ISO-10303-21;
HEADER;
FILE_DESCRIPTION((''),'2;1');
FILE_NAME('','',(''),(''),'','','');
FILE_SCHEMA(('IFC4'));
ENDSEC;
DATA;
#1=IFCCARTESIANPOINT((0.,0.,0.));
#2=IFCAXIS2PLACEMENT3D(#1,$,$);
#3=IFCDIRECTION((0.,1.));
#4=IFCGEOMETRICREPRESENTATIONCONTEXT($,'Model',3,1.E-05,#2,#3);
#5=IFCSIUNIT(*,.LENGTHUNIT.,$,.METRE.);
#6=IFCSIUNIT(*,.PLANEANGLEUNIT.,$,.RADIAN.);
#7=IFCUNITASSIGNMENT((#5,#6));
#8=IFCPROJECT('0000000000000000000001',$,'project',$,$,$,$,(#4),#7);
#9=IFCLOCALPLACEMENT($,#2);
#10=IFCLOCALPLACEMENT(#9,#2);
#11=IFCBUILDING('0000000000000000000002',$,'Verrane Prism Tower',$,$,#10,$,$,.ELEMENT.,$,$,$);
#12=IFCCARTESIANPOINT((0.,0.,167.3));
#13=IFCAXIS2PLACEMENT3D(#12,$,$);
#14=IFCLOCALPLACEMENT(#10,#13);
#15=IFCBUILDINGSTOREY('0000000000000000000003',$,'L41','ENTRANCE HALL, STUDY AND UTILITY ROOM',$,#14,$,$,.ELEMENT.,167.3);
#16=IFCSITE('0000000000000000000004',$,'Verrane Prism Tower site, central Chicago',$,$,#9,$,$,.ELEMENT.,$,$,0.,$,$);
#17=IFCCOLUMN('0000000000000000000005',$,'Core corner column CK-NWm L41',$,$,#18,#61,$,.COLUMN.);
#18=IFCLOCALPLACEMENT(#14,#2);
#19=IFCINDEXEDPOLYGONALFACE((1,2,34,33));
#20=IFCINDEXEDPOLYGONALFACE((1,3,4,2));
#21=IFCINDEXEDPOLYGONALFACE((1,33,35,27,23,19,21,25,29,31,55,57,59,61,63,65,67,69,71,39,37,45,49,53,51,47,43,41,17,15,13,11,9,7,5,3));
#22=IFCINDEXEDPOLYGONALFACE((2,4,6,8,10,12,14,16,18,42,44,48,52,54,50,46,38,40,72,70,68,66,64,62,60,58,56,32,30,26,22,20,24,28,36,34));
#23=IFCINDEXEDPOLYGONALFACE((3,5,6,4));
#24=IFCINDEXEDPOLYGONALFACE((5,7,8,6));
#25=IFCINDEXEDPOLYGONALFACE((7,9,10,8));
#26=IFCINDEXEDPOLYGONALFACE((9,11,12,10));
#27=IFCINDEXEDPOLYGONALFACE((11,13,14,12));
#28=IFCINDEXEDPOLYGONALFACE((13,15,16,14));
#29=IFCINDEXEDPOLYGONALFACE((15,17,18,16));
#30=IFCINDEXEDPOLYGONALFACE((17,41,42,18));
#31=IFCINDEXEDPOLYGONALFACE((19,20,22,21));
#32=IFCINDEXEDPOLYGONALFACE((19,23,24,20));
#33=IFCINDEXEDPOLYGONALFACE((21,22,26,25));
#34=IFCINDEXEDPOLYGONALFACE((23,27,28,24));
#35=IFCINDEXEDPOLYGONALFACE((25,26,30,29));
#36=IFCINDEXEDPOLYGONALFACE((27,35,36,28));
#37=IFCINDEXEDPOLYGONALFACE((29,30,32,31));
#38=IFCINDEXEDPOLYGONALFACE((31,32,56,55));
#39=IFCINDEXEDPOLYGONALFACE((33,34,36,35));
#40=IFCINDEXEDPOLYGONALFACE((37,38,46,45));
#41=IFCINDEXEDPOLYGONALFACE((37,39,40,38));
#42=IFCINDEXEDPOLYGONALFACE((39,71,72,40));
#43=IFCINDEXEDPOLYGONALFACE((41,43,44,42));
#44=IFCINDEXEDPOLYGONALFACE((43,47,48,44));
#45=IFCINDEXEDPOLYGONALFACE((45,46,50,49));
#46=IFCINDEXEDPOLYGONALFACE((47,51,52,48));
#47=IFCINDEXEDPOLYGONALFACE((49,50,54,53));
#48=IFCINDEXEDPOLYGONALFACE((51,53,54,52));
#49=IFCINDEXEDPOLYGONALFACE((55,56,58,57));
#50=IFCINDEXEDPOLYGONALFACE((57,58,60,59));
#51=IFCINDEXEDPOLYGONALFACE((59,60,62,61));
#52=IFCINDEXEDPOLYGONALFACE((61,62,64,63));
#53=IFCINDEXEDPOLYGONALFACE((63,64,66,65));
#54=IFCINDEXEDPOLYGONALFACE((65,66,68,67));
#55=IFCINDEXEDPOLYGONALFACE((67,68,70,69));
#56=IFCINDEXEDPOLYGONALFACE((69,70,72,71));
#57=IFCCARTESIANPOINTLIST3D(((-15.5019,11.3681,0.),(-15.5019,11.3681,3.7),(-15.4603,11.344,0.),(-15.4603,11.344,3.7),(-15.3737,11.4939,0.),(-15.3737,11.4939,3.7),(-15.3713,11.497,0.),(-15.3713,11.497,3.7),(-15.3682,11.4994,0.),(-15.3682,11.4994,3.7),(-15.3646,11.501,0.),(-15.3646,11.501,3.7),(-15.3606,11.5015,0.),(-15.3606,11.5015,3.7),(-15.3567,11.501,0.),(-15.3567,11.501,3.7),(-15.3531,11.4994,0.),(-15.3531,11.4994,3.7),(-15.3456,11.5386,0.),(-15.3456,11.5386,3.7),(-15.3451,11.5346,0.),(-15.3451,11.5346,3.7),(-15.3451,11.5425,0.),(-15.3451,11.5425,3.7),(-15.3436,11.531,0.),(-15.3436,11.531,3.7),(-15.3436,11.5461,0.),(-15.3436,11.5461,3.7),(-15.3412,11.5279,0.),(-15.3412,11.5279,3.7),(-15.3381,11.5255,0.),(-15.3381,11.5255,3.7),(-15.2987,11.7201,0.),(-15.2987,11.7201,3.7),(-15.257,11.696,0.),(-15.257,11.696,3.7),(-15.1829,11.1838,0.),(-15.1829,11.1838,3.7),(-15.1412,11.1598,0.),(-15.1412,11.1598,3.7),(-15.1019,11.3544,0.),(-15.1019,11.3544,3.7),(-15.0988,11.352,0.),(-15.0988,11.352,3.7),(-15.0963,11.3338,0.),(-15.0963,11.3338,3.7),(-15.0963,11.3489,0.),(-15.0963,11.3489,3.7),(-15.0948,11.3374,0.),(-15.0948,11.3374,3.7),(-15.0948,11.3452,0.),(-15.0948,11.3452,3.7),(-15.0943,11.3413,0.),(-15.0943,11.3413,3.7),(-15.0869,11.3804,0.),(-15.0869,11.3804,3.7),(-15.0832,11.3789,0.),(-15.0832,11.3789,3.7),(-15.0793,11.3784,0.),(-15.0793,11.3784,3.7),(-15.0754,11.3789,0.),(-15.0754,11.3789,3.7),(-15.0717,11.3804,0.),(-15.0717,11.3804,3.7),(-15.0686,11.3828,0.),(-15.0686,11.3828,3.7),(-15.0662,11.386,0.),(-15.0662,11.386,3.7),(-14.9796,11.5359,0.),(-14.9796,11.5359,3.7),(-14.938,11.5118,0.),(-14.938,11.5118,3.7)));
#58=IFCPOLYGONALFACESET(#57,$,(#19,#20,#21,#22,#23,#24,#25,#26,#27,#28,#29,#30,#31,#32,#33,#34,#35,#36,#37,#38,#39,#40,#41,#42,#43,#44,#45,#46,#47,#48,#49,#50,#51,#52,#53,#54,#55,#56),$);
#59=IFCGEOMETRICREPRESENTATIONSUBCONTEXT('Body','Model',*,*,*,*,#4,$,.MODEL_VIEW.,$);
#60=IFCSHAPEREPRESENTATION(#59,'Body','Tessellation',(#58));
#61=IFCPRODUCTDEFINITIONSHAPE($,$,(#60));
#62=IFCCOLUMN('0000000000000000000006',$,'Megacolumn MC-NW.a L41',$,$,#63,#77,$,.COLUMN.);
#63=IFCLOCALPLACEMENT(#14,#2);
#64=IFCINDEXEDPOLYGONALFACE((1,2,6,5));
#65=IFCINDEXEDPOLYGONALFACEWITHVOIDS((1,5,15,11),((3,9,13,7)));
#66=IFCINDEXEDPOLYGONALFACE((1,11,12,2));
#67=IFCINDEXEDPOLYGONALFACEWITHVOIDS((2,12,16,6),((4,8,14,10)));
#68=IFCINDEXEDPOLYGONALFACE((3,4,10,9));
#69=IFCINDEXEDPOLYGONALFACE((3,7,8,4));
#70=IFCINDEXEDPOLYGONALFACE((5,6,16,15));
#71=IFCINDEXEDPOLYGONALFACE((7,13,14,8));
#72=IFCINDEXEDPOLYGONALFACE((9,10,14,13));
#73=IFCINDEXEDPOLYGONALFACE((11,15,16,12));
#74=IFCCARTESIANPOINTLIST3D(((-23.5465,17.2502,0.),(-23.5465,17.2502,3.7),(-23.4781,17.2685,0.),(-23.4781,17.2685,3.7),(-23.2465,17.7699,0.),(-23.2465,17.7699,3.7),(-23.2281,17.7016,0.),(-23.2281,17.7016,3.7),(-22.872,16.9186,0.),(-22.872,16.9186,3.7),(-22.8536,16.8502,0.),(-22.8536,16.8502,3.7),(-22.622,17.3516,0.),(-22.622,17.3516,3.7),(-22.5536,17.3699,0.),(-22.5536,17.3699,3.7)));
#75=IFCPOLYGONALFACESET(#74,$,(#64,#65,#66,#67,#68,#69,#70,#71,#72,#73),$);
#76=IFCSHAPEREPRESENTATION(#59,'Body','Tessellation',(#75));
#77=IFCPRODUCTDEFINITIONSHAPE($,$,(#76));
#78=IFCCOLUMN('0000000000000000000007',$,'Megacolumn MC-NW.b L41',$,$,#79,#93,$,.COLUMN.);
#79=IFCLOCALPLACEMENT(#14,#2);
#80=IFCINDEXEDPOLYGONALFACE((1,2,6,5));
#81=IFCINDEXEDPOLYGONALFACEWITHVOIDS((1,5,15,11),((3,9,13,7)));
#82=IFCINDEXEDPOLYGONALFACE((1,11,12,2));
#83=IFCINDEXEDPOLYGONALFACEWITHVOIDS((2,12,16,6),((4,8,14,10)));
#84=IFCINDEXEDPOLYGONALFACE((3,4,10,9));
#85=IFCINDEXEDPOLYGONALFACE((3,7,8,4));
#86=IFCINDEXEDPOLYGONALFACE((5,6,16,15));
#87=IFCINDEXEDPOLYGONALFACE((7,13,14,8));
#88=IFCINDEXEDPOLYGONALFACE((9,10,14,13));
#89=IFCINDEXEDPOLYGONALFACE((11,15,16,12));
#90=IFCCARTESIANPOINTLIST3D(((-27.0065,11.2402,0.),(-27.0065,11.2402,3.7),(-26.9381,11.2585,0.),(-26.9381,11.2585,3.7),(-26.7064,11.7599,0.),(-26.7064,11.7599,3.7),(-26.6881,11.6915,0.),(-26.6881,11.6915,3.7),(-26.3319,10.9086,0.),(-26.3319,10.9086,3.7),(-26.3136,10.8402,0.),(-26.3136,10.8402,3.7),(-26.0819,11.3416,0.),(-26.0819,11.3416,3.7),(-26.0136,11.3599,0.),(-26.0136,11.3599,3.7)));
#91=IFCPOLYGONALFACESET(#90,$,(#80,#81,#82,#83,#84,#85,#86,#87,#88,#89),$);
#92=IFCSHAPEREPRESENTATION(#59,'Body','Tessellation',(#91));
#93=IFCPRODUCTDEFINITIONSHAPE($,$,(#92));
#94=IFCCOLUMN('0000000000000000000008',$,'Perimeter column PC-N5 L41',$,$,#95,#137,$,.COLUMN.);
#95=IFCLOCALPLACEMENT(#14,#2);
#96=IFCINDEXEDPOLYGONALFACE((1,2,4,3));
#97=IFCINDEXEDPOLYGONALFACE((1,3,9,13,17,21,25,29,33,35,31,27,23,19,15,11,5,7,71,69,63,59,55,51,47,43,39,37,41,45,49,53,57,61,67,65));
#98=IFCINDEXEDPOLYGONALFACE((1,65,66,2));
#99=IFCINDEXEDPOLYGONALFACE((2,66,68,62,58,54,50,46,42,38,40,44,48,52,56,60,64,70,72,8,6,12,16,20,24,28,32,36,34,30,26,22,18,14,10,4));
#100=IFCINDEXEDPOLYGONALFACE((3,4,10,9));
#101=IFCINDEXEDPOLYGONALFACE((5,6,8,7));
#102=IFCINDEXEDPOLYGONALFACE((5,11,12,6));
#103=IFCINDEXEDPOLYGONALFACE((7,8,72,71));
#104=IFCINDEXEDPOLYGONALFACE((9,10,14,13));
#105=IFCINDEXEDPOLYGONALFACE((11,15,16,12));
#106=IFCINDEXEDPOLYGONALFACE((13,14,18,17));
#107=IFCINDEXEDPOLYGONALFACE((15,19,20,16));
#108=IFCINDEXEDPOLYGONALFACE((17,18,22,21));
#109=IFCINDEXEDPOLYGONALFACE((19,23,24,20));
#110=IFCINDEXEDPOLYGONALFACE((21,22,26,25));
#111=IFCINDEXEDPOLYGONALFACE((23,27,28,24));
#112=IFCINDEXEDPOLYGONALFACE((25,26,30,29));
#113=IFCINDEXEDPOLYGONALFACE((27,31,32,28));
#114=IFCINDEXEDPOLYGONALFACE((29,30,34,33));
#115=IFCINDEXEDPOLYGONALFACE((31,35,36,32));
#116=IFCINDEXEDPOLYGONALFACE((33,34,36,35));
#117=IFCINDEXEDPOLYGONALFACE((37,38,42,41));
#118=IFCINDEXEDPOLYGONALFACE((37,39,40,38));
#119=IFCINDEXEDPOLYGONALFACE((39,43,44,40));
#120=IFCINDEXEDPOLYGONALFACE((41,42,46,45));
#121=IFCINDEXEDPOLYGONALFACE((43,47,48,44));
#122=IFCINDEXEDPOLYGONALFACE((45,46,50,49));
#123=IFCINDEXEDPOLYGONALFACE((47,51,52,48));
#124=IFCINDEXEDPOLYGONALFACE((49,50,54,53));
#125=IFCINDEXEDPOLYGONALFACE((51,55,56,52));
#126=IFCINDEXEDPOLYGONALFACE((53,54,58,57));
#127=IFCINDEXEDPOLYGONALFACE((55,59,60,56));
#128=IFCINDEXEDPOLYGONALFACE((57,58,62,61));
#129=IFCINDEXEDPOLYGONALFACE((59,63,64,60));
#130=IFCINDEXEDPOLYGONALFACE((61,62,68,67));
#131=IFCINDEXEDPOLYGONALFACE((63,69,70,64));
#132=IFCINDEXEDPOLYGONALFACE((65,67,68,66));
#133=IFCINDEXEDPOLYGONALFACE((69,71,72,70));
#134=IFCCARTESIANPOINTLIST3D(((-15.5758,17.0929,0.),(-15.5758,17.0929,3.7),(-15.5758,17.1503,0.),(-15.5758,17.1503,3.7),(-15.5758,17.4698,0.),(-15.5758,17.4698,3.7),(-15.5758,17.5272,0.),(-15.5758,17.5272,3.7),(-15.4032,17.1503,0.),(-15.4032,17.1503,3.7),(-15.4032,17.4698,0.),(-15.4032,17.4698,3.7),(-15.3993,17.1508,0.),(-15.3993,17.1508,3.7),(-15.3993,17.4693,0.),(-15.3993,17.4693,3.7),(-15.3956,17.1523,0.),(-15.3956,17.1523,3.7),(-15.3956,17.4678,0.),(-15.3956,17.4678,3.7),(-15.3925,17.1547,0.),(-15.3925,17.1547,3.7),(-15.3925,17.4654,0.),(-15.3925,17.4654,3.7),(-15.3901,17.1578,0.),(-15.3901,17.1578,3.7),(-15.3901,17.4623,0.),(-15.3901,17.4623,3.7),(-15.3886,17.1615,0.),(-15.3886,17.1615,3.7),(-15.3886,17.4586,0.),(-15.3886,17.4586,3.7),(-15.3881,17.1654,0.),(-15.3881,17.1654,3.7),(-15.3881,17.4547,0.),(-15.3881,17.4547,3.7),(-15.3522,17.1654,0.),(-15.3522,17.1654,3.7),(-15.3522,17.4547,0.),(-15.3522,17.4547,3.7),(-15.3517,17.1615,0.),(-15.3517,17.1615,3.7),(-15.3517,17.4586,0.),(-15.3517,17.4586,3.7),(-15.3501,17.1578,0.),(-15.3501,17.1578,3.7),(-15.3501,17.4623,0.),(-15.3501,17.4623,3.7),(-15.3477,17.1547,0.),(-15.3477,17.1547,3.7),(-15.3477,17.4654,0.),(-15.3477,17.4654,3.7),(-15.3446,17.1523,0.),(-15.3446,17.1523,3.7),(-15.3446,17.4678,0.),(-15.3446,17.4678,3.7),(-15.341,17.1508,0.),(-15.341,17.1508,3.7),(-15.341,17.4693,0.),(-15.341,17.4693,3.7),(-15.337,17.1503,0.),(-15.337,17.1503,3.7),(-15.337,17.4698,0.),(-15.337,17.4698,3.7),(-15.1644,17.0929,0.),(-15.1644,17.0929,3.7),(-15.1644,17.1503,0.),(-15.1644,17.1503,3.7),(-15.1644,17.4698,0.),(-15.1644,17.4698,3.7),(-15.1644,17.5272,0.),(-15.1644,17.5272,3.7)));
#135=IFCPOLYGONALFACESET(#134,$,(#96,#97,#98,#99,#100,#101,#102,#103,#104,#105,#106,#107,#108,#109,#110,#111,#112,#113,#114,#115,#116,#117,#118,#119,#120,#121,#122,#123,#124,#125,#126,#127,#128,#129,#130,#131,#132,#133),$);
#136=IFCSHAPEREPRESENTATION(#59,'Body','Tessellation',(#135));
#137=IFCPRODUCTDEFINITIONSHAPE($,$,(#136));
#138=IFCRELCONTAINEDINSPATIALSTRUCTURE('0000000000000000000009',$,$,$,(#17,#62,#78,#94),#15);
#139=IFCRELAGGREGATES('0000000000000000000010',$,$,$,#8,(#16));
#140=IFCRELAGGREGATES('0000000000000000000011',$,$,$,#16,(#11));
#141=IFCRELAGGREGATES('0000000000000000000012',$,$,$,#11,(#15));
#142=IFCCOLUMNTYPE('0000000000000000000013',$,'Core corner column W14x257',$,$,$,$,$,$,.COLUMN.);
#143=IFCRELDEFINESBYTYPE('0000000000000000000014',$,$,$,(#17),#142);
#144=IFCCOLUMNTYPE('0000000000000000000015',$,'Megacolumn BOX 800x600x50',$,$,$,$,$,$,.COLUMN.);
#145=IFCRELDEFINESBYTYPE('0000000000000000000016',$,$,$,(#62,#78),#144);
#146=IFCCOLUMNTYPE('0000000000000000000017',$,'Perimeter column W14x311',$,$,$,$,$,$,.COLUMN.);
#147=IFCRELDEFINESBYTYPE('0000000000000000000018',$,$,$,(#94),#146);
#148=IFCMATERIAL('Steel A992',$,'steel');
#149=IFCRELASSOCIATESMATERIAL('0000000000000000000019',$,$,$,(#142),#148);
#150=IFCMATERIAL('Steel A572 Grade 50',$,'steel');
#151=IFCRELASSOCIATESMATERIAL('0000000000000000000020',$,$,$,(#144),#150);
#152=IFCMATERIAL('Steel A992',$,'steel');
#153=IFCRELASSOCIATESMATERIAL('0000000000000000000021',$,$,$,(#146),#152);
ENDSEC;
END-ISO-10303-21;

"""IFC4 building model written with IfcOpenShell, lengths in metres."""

from ifc_helpers import new_model, si_unit, direction, frame, origin, origin_2d, place, context, subcontext, project, spatial, hollow_rectangle, i_section, extrude, material, material_profile, profile_set, type_object, element, save


model = new_model("IFC4")

# Units and contexts
model_context = context("Model", 3, precision=1e-05, world=origin(), true_north=direction((0.0, 1.0)))
body_context = subcontext(model_context, "Body", "Model", "MODEL_VIEW")
ifc_project = project(units=[si_unit("LENGTHUNIT", "METRE"), si_unit("PLANEANGLEUNIT", "RADIAN")], contexts=[model_context])

# Site, building, storey
site_placement = place(None, origin())
site = spatial("IfcSite", under=ifc_project, at=site_placement, Name="Verrane Prism Tower site, central Chicago", CompositionType="ELEMENT", RefElevation=0.0)
building_placement = place(site_placement, origin())
building = spatial("IfcBuilding", under=site, at=building_placement, Name="Verrane Prism Tower", CompositionType="ELEMENT")
storey_placement = place(building_placement, frame((0.0, 0.0, 167.3)))
storey = spatial("IfcBuildingStorey", under=building, at=storey_placement, Name="L41", Description="ENTRANCE HALL, STUDY AND UTILITY ROOM", CompositionType="ELEMENT", Elevation=167.3)

# Columns
ifc_material_1 = material(Name="Steel A992", Category="steel")
ifc_material_profile_1 = material_profile(ifc_material_1, i_section(OverallWidth=0.4065, OverallDepth=0.4165, WebThickness=0.03, FlangeThickness=0.0481, FilletRadius=0.0151, at=origin_2d()), Name="W14x257")
ifc_profile_set_1 = profile_set([ifc_material_profile_1], Name="Steel A992")
column_type_1 = type_object("IfcColumnType", Name="Core corner column W14x257", PredefinedType="COLUMN", material=ifc_profile_set_1)
column_1_placement = place(storey_placement, frame((-15.22, 11.4399, 0.0), z_axis=(0.0, 0.0, 1.0), x_axis=(0.5, 0.866025, 0.0)))
element("IfcColumn", 1, at=column_1_placement, inside=storey, type_object=column_type_1, Name="Core corner column CK-NWm L41", PredefinedType="COLUMN", context=body_context, shape_type="SweptSolid", body=[
    extrude(i_section(OverallWidth=0.4065, OverallDepth=0.4165, WebThickness=0.03, FlangeThickness=0.0481, FilletRadius=0.0151, at=origin_2d()), origin(), (0.0, 0.0, 1.0), 3.7),
])
ifc_material_2 = material(Name="Steel A572 Grade 50", Category="steel")
ifc_material_profile_2 = material_profile(ifc_material_2, hollow_rectangle(XDim=0.6001, YDim=0.8, WallThickness=0.05, at=origin_2d()), Name="BOX 800x600x50")
ifc_profile_set_2 = profile_set([ifc_material_profile_2], Name="Steel A572 Grade 50")
column_type_2 = type_object("IfcColumnType", Name="Megacolumn BOX 800x600x50", PredefinedType="COLUMN", material=ifc_profile_set_2)
for number, where, z_axis, x_axis, name in (
    (2, (-23.05, 17.3101, 0.0), (0.0, 0.0, 1.0), (0.5, 0.866025, 0.0), "Megacolumn MC-NW.a L41"),
    (3, (-26.51, 11.3, 0.0), (0.0, 0.0, 1.0), (0.5, 0.866025, 0.0), "Megacolumn MC-NW.b L41"),
):
    element("IfcColumn", number, at=place(storey_placement, frame(where, z_axis=z_axis, x_axis=x_axis)), inside=storey, type_object=column_type_2, Name=name, PredefinedType="COLUMN", context=body_context, shape_type="SweptSolid", body=[
        extrude(hollow_rectangle(XDim=0.6001, YDim=0.8, WallThickness=0.05, at=origin_2d()), origin(), (0.0, 0.0, 1.0), 3.7),
    ])
ifc_material_3 = material(Name="Steel A992", Category="steel")
ifc_material_profile_3 = material_profile(ifc_material_3, i_section(OverallWidth=0.4114, OverallDepth=0.4343, WebThickness=0.0359, FlangeThickness=0.0574, FilletRadius=0.0151, at=origin_2d()), Name="W14x311")
ifc_profile_set_3 = profile_set([ifc_material_profile_3], Name="Steel A992")
column_type_3 = type_object("IfcColumnType", Name="Perimeter column W14x311", PredefinedType="COLUMN", material=ifc_profile_set_3)
column_2_placement = place(storey_placement, frame((-15.3701, 17.3101, 0.0), z_axis=(0.0, 0.0, 1.0), x_axis=(1.0, 0.0, 0.0)))
element("IfcColumn", 4, at=column_2_placement, inside=storey, type_object=column_type_3, Name="Perimeter column PC-N5 L41", PredefinedType="COLUMN", context=body_context, shape_type="SweptSolid", body=[
    extrude(i_section(OverallWidth=0.4114, OverallDepth=0.4343, WebThickness=0.0359, FlangeThickness=0.0574, FilletRadius=0.0151, at=origin_2d()), origin(), (0.0, 0.0, 1.0), 3.7),
])

save(model, "model.ifc")
